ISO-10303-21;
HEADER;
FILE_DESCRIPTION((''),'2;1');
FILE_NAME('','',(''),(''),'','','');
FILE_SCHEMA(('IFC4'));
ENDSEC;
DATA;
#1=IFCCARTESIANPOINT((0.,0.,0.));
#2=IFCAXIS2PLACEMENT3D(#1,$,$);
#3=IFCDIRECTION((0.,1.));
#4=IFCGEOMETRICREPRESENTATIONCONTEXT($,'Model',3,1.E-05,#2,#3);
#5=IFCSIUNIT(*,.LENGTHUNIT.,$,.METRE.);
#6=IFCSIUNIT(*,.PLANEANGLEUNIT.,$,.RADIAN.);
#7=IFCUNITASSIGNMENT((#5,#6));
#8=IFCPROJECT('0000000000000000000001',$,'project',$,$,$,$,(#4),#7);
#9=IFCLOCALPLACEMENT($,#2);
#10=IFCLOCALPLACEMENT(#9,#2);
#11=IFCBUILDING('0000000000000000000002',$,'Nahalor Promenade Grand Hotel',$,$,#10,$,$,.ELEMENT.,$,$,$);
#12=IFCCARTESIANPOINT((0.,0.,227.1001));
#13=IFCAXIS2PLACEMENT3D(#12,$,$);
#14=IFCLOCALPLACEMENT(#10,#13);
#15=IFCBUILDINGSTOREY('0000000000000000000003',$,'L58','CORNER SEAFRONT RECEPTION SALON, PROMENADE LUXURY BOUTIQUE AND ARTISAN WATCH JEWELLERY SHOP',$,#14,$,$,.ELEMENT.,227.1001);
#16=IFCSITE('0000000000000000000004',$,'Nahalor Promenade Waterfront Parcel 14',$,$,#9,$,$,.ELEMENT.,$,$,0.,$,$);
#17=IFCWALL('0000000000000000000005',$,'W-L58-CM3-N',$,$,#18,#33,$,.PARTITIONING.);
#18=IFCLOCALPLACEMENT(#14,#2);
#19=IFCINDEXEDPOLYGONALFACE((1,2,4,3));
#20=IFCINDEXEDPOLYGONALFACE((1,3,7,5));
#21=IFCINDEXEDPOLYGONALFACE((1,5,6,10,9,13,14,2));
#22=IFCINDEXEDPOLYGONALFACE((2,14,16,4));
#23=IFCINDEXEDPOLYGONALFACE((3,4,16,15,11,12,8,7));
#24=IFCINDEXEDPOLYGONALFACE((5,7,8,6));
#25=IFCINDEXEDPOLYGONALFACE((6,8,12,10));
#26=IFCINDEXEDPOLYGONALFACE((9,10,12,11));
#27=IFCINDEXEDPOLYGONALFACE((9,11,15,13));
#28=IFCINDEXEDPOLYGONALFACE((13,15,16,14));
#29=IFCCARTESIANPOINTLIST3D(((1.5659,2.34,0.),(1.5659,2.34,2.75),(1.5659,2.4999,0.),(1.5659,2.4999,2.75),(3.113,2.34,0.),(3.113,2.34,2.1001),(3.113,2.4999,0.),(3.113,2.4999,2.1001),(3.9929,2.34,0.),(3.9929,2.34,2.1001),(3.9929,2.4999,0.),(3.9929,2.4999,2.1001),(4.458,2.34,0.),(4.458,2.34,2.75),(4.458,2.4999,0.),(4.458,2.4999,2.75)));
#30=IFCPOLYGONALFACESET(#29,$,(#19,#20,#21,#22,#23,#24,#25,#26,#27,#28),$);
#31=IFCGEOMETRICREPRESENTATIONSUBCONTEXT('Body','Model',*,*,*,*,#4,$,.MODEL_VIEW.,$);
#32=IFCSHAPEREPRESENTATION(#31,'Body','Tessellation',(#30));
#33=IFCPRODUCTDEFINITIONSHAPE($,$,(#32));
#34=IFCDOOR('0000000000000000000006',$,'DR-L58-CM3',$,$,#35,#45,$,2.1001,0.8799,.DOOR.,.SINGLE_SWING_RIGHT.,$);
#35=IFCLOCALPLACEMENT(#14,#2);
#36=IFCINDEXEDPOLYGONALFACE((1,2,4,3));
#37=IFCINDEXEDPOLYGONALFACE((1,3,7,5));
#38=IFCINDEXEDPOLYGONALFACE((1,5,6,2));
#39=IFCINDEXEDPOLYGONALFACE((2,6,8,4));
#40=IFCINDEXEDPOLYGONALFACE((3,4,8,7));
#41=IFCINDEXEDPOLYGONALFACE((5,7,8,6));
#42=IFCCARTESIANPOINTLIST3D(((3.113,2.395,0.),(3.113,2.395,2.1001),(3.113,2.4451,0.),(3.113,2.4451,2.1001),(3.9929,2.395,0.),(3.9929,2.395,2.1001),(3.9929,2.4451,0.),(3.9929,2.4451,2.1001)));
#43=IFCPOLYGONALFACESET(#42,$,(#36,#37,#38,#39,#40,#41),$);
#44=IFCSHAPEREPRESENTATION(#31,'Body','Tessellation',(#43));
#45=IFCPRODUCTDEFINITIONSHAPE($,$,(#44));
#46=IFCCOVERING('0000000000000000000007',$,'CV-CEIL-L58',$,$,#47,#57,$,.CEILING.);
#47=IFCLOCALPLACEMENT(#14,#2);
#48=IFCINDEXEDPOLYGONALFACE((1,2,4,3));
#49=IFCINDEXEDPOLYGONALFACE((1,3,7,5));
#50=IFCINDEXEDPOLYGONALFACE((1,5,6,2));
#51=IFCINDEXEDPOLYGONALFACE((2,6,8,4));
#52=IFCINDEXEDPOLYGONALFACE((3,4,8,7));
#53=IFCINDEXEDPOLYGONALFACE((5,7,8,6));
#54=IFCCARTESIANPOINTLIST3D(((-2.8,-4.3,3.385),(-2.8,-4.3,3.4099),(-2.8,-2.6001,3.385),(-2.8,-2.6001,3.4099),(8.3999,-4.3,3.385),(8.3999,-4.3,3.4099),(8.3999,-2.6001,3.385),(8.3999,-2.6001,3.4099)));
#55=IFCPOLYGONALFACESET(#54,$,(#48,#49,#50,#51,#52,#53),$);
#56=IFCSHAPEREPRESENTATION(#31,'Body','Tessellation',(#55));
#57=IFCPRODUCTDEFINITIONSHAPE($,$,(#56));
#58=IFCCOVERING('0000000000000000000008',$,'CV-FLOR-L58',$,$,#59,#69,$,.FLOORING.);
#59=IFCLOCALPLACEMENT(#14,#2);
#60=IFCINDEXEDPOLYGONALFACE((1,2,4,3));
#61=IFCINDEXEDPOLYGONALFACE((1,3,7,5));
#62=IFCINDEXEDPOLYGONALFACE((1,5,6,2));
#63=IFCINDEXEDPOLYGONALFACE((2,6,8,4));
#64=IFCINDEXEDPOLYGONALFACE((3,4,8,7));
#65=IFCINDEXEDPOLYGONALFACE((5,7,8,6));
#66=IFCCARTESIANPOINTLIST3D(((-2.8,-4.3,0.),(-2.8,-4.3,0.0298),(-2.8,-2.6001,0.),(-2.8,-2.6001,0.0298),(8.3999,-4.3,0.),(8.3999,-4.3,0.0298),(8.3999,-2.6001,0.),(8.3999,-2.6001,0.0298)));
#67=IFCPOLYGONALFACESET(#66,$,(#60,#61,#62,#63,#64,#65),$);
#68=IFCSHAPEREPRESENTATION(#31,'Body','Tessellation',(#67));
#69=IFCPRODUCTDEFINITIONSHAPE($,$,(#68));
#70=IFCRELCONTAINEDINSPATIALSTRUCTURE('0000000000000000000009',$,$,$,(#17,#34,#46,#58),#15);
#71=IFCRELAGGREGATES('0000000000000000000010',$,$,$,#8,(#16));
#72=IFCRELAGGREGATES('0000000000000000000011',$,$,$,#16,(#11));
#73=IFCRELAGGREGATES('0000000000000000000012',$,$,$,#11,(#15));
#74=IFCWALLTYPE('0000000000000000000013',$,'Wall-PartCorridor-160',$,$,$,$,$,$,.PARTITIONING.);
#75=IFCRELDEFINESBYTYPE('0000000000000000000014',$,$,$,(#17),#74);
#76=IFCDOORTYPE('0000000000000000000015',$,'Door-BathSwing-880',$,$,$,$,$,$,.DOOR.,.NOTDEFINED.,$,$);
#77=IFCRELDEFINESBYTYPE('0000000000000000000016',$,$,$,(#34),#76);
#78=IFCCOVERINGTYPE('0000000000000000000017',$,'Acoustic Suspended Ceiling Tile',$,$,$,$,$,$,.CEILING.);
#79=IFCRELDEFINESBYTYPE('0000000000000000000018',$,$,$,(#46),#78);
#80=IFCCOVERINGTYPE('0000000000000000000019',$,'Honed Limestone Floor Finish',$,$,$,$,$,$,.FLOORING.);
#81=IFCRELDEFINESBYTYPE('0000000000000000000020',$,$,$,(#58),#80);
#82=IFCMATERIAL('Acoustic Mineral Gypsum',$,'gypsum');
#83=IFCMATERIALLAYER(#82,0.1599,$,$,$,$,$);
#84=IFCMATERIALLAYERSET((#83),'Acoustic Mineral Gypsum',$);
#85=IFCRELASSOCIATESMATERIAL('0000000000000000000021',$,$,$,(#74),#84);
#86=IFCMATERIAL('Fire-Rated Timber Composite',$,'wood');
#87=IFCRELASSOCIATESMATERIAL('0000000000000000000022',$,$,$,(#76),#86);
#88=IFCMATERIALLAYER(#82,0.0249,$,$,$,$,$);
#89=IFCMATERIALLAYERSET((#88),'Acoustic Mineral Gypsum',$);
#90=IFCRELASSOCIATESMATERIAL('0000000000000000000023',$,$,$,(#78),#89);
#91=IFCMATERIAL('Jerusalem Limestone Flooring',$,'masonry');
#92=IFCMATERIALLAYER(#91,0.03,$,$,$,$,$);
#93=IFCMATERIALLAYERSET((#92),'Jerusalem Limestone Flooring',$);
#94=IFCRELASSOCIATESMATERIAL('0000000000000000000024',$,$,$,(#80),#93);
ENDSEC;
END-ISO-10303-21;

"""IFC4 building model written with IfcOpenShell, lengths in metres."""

from ifc_helpers import new_model, si_unit, direction, frame, frame_2d, origin, place, context, subcontext, project, spatial, polyline, rectangle, outline, extrude, source, transform, mapped, material, layer, layer_set, type_object, element, fill, save


model = new_model("IFC4")

# Units and contexts
model_context = context("Model", 3, precision=1e-05, world=origin(), true_north=direction((0.0, 1.0)))
body_context = subcontext(model_context, "Body", "Model", "MODEL_VIEW")
ifc_project = project(units=[si_unit("LENGTHUNIT", "METRE"), si_unit("PLANEANGLEUNIT", "RADIAN")], contexts=[model_context])

# Site, building, storey
site_placement = place(None, origin())
site = spatial("IfcSite", under=ifc_project, at=site_placement, Name="Nahalor Promenade Waterfront Parcel 14", CompositionType="ELEMENT", RefElevation=0.0)
building_placement = place(site_placement, origin())
building = spatial("IfcBuilding", under=site, at=building_placement, Name="Nahalor Promenade Grand Hotel", CompositionType="ELEMENT")
storey_placement = place(building_placement, frame((0.0, 0.0, 227.1001)))
storey = spatial("IfcBuildingStorey", under=building, at=storey_placement, Name="L58", Description="CORNER SEAFRONT RECEPTION SALON, PROMENADE LUXURY BOUTIQUE AND ARTISAN WATCH JEWELLERY SHOP", CompositionType="ELEMENT", Elevation=227.1001)

# Shared definitions
ifc_material_1 = material(Name="Acoustic Mineral Gypsum", Category="gypsum")
ifc_layer_1 = layer(ifc_material_1, 0.1599)
ifc_layer_set_1 = layer_set([ifc_layer_1], Name="Acoustic Mineral Gypsum")
wall_type_1 = type_object("IfcWallType", Name="Wall-PartCorridor-160", PredefinedType="PARTITIONING", material=ifc_layer_set_1)
ifc_material_2 = material(Name="Fire-Rated Timber Composite", Category="wood")

# Shared definitions
door_type_1 = type_object("IfcDoorType", Name="Door-BathSwing-880", OperationType="NOTDEFINED", PredefinedType="DOOR", material=ifc_material_2)
shared_shape_1 = source(origin(), body_context, "Body", "SweptSolid", [
    extrude(rectangle(XDim=0.8799, YDim=2.1001, at=frame_2d((0.4399, 1.05))), frame((0.0, 0.0249, 0.0), z_axis=(0.0, -1.0, 0.0), x_axis=(1.0, 0.0, 0.0)), (0.0, 0.0, 1.0), 0.05),
])

# Wall, opening, door
shared_shape_2 = source(origin(), body_context, "Body", "SweptSolid", [
    extrude(rectangle(XDim=2.8921, YDim=0.1599, at=frame_2d((1.446, 0.0))), origin(), (0.0, 0.0, 1.0), 2.75),
])
wall_1_placement = place(storey_placement, frame((1.5659, 2.4199, 0.0), z_axis=(0.0, 0.0, 1.0), x_axis=(1.0, 0.0, 0.0)))
wall_1 = element("IfcWall", 1, at=wall_1_placement, inside=storey, type_object=wall_type_1, Name="W-L58-CM3-N", PredefinedType="PARTITIONING", context=body_context, shape_type="MappedRepresentation", body=[
    mapped(shared_shape_2, transform((0.0, 0.0, 0.0), scale=1.0)),
])
opening_1_placement = place(wall_1_placement, frame((1.5471, 0.0, 0.0)))
opening_1 = element("IfcOpeningElement", 2, at=opening_1_placement, cuts=wall_1, PredefinedType="OPENING", context=body_context, shape_type="SweptSolid", body=[
    extrude(rectangle(XDim=0.8799, YDim=2.1001, at=frame_2d((0.4399, 1.05))), frame((0.0, 0.0898, 0.0), z_axis=(0.0, -1.0, 0.0), x_axis=(1.0, 0.0, 0.0)), (0.0, 0.0, 1.0), 0.1799),
])
door_1_placement = place(opening_1_placement, frame((0.8799, 0.0, 0.0), z_axis=(0.0, 0.0, 1.0), x_axis=(-1.0, 0.0, 0.0)))
door_1 = element("IfcDoor", 3, at=door_1_placement, inside=storey, type_object=door_type_1, Name="DR-L58-CM3", OperationType="SINGLE_SWING_RIGHT", OverallHeight=2.1001, OverallWidth=0.8799, PredefinedType="DOOR", context=body_context, shape_type="MappedRepresentation", body=[
    mapped(shared_shape_1, transform((0.0, 0.0, 0.0), scale=1.0)),
])
fill(opening_1, door_1)

# Coverings
ifc_layer_2 = layer(ifc_material_1, 0.0249)
ifc_layer_set_2 = layer_set([ifc_layer_2], Name="Acoustic Mineral Gypsum")
covering_type_1 = type_object("IfcCoveringType", Name="Acoustic Suspended Ceiling Tile", PredefinedType="CEILING", material=ifc_layer_set_2)
covering_1_placement = place(storey_placement, frame((0.0, 0.0, 3.385)))
element("IfcCovering", 4, at=covering_1_placement, inside=storey, type_object=covering_type_1, Name="CV-CEIL-L58", PredefinedType="CEILING", context=body_context, shape_type="SweptSolid", body=[
    extrude(outline(polyline([(-2.8, -4.3), (8.3999, -4.3), (8.3999, -2.6001), (-2.8, -2.6001), (-2.8, -4.3)])), origin(), (0.0, 0.0, 1.0), 0.0249),
])
ifc_material_3 = material(Name="Jerusalem Limestone Flooring", Category="masonry")
ifc_layer_3 = layer(ifc_material_3, 0.03)
ifc_layer_set_3 = layer_set([ifc_layer_3], Name="Jerusalem Limestone Flooring")
covering_type_2 = type_object("IfcCoveringType", Name="Honed Limestone Floor Finish", PredefinedType="FLOORING", material=ifc_layer_set_3)
covering_2_placement = place(storey_placement, origin())
element("IfcCovering", 5, at=covering_2_placement, inside=storey, type_object=covering_type_2, Name="CV-FLOR-L58", PredefinedType="FLOORING", context=body_context, shape_type="SweptSolid", body=[
    extrude(outline(polyline([(-2.8, -4.3), (8.3999, -4.3), (8.3999, -2.6001), (-2.8, -2.6001), (-2.8, -4.3)])), origin(), (0.0, 0.0, 1.0), 0.0298),
])

save(model, "model.ifc")
